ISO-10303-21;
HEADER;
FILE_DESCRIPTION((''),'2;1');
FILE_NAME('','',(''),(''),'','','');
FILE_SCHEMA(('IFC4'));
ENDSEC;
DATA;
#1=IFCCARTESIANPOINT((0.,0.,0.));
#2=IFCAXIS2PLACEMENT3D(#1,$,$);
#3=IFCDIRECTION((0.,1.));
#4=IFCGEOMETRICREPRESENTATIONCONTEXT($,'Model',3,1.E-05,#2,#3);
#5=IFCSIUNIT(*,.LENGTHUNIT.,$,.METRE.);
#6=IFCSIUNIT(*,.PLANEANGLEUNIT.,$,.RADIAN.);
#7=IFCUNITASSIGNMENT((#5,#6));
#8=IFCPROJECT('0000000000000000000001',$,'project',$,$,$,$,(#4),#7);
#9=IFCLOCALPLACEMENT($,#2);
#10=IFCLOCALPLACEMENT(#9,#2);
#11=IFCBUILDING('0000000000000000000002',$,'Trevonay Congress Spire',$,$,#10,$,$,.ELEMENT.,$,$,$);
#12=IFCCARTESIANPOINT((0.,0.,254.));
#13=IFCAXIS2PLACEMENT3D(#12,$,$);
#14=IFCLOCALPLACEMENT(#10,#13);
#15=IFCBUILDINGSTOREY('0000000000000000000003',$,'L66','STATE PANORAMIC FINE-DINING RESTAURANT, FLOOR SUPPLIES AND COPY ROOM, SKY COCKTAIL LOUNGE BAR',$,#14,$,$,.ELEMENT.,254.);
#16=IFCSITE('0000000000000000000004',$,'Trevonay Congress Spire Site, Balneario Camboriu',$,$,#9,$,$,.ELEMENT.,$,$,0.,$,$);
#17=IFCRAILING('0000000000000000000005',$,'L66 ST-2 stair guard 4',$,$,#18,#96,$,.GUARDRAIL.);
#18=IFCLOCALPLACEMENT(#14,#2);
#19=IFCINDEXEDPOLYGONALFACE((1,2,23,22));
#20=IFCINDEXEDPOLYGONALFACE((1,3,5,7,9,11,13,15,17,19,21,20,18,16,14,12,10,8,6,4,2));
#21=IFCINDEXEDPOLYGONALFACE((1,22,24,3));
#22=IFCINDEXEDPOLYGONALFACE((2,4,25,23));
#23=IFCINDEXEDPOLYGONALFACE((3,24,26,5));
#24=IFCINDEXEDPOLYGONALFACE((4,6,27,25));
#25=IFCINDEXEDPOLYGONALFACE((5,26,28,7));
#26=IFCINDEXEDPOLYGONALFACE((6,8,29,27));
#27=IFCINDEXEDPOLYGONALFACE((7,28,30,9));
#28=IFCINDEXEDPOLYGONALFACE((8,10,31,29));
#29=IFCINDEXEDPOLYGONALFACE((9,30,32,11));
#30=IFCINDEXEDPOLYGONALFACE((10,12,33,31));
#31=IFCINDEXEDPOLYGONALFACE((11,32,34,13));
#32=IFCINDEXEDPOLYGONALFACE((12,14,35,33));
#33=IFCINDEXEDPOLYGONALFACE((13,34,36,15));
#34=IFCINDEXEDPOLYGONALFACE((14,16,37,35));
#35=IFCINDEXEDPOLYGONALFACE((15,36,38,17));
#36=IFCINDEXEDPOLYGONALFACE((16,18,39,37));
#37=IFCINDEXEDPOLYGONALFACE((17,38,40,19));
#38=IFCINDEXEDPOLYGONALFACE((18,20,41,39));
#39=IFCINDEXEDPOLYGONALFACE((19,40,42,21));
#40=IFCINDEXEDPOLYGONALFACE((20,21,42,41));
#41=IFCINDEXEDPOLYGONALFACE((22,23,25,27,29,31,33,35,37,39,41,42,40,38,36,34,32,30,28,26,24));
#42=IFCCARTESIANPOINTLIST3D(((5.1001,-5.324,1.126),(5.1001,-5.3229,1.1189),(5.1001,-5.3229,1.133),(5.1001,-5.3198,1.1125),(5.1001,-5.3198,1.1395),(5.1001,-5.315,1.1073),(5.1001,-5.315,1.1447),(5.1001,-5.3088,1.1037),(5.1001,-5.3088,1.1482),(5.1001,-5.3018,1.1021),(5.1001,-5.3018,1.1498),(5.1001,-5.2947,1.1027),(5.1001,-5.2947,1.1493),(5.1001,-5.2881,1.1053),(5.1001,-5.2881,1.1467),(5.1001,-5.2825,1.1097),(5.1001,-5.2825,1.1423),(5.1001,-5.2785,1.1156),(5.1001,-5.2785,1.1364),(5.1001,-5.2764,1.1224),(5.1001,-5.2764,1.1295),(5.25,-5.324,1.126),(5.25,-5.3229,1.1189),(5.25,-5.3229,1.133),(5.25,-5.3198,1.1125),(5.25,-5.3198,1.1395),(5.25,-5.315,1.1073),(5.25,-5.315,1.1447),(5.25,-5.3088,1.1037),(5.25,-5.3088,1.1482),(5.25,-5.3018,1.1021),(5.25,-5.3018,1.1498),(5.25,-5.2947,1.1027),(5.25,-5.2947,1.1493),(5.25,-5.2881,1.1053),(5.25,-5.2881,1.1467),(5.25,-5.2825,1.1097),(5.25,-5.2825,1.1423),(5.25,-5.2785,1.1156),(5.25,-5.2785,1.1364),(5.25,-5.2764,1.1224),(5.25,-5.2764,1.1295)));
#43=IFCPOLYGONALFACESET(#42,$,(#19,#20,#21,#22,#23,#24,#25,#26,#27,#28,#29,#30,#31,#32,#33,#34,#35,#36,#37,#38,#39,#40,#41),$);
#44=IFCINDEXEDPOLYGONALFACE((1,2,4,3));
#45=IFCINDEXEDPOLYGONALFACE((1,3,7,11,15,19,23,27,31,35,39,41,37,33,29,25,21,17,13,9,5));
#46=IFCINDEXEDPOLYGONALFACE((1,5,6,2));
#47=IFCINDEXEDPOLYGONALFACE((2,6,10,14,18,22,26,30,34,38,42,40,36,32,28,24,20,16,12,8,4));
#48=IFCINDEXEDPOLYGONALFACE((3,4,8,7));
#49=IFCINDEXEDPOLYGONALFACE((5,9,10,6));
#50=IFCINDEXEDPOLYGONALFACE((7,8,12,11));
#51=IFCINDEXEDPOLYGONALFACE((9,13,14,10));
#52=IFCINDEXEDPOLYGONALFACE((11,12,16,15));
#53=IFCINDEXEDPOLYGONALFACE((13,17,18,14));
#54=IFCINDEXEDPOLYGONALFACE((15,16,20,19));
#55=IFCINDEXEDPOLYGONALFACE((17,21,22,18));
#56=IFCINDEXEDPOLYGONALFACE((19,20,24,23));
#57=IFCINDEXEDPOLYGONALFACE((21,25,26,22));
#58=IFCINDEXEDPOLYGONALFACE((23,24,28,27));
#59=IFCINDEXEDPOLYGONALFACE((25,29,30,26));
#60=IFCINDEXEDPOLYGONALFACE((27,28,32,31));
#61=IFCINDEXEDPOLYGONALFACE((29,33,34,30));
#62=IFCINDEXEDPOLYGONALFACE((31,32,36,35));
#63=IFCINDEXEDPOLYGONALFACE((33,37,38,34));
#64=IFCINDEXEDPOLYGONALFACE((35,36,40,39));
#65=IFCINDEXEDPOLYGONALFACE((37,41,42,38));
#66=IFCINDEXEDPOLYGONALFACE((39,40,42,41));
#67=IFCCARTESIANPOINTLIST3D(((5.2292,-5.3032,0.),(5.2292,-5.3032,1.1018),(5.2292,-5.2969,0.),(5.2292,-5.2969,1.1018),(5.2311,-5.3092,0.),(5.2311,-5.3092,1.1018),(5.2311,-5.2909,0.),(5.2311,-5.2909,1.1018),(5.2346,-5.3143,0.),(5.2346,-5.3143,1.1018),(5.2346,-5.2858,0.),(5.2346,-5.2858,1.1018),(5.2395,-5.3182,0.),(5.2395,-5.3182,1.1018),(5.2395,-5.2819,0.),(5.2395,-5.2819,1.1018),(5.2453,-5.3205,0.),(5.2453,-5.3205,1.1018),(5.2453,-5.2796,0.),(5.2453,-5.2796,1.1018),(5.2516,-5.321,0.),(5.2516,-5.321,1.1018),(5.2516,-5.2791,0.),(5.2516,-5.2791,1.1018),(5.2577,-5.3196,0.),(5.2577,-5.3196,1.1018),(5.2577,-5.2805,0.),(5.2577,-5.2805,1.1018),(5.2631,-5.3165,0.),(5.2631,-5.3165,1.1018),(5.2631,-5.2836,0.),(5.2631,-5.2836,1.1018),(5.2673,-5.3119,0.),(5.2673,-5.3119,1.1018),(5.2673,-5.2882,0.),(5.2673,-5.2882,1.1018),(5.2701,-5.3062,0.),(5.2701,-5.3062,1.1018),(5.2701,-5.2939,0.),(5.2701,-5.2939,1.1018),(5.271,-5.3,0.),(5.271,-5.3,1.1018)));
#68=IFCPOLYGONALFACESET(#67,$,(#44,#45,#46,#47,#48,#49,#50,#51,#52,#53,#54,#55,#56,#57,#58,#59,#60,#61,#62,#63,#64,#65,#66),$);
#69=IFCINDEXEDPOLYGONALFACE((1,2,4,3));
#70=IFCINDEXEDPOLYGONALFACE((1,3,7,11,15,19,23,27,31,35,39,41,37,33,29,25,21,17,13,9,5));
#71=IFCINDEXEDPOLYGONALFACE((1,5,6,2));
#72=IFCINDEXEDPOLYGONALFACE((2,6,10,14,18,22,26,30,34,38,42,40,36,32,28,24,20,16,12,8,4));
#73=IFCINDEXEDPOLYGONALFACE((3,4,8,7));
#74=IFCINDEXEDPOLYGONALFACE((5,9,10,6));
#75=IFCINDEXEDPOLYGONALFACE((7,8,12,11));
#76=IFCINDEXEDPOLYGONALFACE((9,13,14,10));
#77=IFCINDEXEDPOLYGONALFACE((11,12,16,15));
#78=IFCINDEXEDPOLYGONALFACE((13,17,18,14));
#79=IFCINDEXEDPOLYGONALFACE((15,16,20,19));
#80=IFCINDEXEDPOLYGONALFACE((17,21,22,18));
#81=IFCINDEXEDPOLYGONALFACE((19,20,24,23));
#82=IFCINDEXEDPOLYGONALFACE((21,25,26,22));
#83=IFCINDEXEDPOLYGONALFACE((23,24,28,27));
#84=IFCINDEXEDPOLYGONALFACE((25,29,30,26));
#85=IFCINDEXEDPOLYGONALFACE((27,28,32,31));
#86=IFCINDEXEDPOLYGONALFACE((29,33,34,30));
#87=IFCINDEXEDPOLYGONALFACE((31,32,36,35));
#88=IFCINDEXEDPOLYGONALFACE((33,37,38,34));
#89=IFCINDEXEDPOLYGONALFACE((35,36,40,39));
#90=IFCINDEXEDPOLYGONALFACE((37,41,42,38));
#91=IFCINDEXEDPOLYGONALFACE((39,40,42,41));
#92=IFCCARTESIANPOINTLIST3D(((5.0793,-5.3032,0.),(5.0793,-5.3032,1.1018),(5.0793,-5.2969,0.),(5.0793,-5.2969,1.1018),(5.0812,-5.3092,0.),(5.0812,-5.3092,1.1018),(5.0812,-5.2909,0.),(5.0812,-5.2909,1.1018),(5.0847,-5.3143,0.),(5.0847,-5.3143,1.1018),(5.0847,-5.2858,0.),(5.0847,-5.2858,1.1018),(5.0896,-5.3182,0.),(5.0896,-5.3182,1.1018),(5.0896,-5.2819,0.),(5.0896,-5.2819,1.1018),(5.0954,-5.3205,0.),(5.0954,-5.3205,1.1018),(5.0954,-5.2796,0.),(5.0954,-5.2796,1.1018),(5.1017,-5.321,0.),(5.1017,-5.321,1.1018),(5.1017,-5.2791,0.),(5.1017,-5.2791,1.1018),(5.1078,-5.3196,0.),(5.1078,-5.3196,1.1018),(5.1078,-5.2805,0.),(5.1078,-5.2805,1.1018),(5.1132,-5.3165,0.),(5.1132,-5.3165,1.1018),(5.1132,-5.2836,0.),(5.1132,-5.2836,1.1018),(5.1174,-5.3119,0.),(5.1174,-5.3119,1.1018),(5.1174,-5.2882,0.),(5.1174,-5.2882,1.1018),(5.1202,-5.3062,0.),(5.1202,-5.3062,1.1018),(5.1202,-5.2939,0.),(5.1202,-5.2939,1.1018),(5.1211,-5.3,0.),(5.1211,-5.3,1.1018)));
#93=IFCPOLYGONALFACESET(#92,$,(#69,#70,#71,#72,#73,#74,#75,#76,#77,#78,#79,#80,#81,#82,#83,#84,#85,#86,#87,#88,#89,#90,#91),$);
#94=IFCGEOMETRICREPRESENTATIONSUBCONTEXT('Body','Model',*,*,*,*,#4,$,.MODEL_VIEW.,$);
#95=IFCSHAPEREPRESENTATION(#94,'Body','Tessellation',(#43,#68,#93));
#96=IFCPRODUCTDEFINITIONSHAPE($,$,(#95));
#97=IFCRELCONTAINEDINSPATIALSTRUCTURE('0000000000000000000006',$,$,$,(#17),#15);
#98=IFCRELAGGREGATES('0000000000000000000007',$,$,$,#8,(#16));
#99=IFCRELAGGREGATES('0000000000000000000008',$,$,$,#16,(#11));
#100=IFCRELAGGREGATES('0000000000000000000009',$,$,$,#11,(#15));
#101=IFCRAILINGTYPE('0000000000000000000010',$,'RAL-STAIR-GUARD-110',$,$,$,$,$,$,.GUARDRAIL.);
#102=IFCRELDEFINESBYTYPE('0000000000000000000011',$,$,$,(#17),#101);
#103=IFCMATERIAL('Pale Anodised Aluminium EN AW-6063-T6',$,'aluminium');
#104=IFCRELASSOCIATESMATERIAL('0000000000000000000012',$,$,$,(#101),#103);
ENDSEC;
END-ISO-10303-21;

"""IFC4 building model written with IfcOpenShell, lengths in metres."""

from ifc_helpers import new_model, si_unit, direction, frame, origin, origin_2d, place, context, subcontext, project, spatial, circle, extrude, material, type_object, element, save


model = new_model("IFC4")

# Units and contexts
model_context = context("Model", 3, precision=1e-05, world=origin(), true_north=direction((0.0, 1.0)))
body_context = subcontext(model_context, "Body", "Model", "MODEL_VIEW")
ifc_project = project(units=[si_unit("LENGTHUNIT", "METRE"), si_unit("PLANEANGLEUNIT", "RADIAN")], contexts=[model_context])

# Site, building, storey
site_placement = place(None, origin())
site = spatial("IfcSite", under=ifc_project, at=site_placement, Name="Trevonay Congress Spire Site, Balneario Camboriu", CompositionType="ELEMENT", RefElevation=0.0)
building_placement = place(site_placement, origin())
building = spatial("IfcBuilding", under=site, at=building_placement, Name="Trevonay Congress Spire", CompositionType="ELEMENT")
storey_placement = place(building_placement, frame((0.0, 0.0, 254.0)))
storey = spatial("IfcBuildingStorey", under=building, at=storey_placement, Name="L66", Description="STATE PANORAMIC FINE-DINING RESTAURANT, FLOOR SUPPLIES AND COPY ROOM, SKY COCKTAIL LOUNGE BAR", CompositionType="ELEMENT", Elevation=254.0)

# Shared definitions
ifc_material_1 = material(Name="Pale Anodised Aluminium EN AW-6063-T6", Category="aluminium")

# Railing
railing_type_1 = type_object("IfcRailingType", Name="RAL-STAIR-GUARD-110", PredefinedType="GUARDRAIL", material=ifc_material_1)
railing_1_placement = place(storey_placement, frame((5.25, -5.3, 0.0)))
element("IfcRailing", 1, at=railing_1_placement, inside=storey, type_object=railing_type_1, Name="L66 ST-2 stair guard 4", PredefinedType="GUARDRAIL", context=body_context, shape_type="SweptSolid", body=[
    extrude(circle(Radius=0.0239, at=origin_2d()), frame((0.0, 0.0, 1.126), z_axis=(-1.0, 0.0, 0.0), x_axis=(0.0, -1.0, 0.0)), (0.0, 0.0, 1.0), 0.1499),
    extrude(circle(Radius=0.021, at=origin_2d()), origin(), (0.0, 0.0, 1.0), 1.1018),
    extrude(circle(Radius=0.021, at=origin_2d()), frame((-0.1499, 0.0, 0.0)), (0.0, 0.0, 1.0), 1.1018),
])

save(model, "model.ifc")
